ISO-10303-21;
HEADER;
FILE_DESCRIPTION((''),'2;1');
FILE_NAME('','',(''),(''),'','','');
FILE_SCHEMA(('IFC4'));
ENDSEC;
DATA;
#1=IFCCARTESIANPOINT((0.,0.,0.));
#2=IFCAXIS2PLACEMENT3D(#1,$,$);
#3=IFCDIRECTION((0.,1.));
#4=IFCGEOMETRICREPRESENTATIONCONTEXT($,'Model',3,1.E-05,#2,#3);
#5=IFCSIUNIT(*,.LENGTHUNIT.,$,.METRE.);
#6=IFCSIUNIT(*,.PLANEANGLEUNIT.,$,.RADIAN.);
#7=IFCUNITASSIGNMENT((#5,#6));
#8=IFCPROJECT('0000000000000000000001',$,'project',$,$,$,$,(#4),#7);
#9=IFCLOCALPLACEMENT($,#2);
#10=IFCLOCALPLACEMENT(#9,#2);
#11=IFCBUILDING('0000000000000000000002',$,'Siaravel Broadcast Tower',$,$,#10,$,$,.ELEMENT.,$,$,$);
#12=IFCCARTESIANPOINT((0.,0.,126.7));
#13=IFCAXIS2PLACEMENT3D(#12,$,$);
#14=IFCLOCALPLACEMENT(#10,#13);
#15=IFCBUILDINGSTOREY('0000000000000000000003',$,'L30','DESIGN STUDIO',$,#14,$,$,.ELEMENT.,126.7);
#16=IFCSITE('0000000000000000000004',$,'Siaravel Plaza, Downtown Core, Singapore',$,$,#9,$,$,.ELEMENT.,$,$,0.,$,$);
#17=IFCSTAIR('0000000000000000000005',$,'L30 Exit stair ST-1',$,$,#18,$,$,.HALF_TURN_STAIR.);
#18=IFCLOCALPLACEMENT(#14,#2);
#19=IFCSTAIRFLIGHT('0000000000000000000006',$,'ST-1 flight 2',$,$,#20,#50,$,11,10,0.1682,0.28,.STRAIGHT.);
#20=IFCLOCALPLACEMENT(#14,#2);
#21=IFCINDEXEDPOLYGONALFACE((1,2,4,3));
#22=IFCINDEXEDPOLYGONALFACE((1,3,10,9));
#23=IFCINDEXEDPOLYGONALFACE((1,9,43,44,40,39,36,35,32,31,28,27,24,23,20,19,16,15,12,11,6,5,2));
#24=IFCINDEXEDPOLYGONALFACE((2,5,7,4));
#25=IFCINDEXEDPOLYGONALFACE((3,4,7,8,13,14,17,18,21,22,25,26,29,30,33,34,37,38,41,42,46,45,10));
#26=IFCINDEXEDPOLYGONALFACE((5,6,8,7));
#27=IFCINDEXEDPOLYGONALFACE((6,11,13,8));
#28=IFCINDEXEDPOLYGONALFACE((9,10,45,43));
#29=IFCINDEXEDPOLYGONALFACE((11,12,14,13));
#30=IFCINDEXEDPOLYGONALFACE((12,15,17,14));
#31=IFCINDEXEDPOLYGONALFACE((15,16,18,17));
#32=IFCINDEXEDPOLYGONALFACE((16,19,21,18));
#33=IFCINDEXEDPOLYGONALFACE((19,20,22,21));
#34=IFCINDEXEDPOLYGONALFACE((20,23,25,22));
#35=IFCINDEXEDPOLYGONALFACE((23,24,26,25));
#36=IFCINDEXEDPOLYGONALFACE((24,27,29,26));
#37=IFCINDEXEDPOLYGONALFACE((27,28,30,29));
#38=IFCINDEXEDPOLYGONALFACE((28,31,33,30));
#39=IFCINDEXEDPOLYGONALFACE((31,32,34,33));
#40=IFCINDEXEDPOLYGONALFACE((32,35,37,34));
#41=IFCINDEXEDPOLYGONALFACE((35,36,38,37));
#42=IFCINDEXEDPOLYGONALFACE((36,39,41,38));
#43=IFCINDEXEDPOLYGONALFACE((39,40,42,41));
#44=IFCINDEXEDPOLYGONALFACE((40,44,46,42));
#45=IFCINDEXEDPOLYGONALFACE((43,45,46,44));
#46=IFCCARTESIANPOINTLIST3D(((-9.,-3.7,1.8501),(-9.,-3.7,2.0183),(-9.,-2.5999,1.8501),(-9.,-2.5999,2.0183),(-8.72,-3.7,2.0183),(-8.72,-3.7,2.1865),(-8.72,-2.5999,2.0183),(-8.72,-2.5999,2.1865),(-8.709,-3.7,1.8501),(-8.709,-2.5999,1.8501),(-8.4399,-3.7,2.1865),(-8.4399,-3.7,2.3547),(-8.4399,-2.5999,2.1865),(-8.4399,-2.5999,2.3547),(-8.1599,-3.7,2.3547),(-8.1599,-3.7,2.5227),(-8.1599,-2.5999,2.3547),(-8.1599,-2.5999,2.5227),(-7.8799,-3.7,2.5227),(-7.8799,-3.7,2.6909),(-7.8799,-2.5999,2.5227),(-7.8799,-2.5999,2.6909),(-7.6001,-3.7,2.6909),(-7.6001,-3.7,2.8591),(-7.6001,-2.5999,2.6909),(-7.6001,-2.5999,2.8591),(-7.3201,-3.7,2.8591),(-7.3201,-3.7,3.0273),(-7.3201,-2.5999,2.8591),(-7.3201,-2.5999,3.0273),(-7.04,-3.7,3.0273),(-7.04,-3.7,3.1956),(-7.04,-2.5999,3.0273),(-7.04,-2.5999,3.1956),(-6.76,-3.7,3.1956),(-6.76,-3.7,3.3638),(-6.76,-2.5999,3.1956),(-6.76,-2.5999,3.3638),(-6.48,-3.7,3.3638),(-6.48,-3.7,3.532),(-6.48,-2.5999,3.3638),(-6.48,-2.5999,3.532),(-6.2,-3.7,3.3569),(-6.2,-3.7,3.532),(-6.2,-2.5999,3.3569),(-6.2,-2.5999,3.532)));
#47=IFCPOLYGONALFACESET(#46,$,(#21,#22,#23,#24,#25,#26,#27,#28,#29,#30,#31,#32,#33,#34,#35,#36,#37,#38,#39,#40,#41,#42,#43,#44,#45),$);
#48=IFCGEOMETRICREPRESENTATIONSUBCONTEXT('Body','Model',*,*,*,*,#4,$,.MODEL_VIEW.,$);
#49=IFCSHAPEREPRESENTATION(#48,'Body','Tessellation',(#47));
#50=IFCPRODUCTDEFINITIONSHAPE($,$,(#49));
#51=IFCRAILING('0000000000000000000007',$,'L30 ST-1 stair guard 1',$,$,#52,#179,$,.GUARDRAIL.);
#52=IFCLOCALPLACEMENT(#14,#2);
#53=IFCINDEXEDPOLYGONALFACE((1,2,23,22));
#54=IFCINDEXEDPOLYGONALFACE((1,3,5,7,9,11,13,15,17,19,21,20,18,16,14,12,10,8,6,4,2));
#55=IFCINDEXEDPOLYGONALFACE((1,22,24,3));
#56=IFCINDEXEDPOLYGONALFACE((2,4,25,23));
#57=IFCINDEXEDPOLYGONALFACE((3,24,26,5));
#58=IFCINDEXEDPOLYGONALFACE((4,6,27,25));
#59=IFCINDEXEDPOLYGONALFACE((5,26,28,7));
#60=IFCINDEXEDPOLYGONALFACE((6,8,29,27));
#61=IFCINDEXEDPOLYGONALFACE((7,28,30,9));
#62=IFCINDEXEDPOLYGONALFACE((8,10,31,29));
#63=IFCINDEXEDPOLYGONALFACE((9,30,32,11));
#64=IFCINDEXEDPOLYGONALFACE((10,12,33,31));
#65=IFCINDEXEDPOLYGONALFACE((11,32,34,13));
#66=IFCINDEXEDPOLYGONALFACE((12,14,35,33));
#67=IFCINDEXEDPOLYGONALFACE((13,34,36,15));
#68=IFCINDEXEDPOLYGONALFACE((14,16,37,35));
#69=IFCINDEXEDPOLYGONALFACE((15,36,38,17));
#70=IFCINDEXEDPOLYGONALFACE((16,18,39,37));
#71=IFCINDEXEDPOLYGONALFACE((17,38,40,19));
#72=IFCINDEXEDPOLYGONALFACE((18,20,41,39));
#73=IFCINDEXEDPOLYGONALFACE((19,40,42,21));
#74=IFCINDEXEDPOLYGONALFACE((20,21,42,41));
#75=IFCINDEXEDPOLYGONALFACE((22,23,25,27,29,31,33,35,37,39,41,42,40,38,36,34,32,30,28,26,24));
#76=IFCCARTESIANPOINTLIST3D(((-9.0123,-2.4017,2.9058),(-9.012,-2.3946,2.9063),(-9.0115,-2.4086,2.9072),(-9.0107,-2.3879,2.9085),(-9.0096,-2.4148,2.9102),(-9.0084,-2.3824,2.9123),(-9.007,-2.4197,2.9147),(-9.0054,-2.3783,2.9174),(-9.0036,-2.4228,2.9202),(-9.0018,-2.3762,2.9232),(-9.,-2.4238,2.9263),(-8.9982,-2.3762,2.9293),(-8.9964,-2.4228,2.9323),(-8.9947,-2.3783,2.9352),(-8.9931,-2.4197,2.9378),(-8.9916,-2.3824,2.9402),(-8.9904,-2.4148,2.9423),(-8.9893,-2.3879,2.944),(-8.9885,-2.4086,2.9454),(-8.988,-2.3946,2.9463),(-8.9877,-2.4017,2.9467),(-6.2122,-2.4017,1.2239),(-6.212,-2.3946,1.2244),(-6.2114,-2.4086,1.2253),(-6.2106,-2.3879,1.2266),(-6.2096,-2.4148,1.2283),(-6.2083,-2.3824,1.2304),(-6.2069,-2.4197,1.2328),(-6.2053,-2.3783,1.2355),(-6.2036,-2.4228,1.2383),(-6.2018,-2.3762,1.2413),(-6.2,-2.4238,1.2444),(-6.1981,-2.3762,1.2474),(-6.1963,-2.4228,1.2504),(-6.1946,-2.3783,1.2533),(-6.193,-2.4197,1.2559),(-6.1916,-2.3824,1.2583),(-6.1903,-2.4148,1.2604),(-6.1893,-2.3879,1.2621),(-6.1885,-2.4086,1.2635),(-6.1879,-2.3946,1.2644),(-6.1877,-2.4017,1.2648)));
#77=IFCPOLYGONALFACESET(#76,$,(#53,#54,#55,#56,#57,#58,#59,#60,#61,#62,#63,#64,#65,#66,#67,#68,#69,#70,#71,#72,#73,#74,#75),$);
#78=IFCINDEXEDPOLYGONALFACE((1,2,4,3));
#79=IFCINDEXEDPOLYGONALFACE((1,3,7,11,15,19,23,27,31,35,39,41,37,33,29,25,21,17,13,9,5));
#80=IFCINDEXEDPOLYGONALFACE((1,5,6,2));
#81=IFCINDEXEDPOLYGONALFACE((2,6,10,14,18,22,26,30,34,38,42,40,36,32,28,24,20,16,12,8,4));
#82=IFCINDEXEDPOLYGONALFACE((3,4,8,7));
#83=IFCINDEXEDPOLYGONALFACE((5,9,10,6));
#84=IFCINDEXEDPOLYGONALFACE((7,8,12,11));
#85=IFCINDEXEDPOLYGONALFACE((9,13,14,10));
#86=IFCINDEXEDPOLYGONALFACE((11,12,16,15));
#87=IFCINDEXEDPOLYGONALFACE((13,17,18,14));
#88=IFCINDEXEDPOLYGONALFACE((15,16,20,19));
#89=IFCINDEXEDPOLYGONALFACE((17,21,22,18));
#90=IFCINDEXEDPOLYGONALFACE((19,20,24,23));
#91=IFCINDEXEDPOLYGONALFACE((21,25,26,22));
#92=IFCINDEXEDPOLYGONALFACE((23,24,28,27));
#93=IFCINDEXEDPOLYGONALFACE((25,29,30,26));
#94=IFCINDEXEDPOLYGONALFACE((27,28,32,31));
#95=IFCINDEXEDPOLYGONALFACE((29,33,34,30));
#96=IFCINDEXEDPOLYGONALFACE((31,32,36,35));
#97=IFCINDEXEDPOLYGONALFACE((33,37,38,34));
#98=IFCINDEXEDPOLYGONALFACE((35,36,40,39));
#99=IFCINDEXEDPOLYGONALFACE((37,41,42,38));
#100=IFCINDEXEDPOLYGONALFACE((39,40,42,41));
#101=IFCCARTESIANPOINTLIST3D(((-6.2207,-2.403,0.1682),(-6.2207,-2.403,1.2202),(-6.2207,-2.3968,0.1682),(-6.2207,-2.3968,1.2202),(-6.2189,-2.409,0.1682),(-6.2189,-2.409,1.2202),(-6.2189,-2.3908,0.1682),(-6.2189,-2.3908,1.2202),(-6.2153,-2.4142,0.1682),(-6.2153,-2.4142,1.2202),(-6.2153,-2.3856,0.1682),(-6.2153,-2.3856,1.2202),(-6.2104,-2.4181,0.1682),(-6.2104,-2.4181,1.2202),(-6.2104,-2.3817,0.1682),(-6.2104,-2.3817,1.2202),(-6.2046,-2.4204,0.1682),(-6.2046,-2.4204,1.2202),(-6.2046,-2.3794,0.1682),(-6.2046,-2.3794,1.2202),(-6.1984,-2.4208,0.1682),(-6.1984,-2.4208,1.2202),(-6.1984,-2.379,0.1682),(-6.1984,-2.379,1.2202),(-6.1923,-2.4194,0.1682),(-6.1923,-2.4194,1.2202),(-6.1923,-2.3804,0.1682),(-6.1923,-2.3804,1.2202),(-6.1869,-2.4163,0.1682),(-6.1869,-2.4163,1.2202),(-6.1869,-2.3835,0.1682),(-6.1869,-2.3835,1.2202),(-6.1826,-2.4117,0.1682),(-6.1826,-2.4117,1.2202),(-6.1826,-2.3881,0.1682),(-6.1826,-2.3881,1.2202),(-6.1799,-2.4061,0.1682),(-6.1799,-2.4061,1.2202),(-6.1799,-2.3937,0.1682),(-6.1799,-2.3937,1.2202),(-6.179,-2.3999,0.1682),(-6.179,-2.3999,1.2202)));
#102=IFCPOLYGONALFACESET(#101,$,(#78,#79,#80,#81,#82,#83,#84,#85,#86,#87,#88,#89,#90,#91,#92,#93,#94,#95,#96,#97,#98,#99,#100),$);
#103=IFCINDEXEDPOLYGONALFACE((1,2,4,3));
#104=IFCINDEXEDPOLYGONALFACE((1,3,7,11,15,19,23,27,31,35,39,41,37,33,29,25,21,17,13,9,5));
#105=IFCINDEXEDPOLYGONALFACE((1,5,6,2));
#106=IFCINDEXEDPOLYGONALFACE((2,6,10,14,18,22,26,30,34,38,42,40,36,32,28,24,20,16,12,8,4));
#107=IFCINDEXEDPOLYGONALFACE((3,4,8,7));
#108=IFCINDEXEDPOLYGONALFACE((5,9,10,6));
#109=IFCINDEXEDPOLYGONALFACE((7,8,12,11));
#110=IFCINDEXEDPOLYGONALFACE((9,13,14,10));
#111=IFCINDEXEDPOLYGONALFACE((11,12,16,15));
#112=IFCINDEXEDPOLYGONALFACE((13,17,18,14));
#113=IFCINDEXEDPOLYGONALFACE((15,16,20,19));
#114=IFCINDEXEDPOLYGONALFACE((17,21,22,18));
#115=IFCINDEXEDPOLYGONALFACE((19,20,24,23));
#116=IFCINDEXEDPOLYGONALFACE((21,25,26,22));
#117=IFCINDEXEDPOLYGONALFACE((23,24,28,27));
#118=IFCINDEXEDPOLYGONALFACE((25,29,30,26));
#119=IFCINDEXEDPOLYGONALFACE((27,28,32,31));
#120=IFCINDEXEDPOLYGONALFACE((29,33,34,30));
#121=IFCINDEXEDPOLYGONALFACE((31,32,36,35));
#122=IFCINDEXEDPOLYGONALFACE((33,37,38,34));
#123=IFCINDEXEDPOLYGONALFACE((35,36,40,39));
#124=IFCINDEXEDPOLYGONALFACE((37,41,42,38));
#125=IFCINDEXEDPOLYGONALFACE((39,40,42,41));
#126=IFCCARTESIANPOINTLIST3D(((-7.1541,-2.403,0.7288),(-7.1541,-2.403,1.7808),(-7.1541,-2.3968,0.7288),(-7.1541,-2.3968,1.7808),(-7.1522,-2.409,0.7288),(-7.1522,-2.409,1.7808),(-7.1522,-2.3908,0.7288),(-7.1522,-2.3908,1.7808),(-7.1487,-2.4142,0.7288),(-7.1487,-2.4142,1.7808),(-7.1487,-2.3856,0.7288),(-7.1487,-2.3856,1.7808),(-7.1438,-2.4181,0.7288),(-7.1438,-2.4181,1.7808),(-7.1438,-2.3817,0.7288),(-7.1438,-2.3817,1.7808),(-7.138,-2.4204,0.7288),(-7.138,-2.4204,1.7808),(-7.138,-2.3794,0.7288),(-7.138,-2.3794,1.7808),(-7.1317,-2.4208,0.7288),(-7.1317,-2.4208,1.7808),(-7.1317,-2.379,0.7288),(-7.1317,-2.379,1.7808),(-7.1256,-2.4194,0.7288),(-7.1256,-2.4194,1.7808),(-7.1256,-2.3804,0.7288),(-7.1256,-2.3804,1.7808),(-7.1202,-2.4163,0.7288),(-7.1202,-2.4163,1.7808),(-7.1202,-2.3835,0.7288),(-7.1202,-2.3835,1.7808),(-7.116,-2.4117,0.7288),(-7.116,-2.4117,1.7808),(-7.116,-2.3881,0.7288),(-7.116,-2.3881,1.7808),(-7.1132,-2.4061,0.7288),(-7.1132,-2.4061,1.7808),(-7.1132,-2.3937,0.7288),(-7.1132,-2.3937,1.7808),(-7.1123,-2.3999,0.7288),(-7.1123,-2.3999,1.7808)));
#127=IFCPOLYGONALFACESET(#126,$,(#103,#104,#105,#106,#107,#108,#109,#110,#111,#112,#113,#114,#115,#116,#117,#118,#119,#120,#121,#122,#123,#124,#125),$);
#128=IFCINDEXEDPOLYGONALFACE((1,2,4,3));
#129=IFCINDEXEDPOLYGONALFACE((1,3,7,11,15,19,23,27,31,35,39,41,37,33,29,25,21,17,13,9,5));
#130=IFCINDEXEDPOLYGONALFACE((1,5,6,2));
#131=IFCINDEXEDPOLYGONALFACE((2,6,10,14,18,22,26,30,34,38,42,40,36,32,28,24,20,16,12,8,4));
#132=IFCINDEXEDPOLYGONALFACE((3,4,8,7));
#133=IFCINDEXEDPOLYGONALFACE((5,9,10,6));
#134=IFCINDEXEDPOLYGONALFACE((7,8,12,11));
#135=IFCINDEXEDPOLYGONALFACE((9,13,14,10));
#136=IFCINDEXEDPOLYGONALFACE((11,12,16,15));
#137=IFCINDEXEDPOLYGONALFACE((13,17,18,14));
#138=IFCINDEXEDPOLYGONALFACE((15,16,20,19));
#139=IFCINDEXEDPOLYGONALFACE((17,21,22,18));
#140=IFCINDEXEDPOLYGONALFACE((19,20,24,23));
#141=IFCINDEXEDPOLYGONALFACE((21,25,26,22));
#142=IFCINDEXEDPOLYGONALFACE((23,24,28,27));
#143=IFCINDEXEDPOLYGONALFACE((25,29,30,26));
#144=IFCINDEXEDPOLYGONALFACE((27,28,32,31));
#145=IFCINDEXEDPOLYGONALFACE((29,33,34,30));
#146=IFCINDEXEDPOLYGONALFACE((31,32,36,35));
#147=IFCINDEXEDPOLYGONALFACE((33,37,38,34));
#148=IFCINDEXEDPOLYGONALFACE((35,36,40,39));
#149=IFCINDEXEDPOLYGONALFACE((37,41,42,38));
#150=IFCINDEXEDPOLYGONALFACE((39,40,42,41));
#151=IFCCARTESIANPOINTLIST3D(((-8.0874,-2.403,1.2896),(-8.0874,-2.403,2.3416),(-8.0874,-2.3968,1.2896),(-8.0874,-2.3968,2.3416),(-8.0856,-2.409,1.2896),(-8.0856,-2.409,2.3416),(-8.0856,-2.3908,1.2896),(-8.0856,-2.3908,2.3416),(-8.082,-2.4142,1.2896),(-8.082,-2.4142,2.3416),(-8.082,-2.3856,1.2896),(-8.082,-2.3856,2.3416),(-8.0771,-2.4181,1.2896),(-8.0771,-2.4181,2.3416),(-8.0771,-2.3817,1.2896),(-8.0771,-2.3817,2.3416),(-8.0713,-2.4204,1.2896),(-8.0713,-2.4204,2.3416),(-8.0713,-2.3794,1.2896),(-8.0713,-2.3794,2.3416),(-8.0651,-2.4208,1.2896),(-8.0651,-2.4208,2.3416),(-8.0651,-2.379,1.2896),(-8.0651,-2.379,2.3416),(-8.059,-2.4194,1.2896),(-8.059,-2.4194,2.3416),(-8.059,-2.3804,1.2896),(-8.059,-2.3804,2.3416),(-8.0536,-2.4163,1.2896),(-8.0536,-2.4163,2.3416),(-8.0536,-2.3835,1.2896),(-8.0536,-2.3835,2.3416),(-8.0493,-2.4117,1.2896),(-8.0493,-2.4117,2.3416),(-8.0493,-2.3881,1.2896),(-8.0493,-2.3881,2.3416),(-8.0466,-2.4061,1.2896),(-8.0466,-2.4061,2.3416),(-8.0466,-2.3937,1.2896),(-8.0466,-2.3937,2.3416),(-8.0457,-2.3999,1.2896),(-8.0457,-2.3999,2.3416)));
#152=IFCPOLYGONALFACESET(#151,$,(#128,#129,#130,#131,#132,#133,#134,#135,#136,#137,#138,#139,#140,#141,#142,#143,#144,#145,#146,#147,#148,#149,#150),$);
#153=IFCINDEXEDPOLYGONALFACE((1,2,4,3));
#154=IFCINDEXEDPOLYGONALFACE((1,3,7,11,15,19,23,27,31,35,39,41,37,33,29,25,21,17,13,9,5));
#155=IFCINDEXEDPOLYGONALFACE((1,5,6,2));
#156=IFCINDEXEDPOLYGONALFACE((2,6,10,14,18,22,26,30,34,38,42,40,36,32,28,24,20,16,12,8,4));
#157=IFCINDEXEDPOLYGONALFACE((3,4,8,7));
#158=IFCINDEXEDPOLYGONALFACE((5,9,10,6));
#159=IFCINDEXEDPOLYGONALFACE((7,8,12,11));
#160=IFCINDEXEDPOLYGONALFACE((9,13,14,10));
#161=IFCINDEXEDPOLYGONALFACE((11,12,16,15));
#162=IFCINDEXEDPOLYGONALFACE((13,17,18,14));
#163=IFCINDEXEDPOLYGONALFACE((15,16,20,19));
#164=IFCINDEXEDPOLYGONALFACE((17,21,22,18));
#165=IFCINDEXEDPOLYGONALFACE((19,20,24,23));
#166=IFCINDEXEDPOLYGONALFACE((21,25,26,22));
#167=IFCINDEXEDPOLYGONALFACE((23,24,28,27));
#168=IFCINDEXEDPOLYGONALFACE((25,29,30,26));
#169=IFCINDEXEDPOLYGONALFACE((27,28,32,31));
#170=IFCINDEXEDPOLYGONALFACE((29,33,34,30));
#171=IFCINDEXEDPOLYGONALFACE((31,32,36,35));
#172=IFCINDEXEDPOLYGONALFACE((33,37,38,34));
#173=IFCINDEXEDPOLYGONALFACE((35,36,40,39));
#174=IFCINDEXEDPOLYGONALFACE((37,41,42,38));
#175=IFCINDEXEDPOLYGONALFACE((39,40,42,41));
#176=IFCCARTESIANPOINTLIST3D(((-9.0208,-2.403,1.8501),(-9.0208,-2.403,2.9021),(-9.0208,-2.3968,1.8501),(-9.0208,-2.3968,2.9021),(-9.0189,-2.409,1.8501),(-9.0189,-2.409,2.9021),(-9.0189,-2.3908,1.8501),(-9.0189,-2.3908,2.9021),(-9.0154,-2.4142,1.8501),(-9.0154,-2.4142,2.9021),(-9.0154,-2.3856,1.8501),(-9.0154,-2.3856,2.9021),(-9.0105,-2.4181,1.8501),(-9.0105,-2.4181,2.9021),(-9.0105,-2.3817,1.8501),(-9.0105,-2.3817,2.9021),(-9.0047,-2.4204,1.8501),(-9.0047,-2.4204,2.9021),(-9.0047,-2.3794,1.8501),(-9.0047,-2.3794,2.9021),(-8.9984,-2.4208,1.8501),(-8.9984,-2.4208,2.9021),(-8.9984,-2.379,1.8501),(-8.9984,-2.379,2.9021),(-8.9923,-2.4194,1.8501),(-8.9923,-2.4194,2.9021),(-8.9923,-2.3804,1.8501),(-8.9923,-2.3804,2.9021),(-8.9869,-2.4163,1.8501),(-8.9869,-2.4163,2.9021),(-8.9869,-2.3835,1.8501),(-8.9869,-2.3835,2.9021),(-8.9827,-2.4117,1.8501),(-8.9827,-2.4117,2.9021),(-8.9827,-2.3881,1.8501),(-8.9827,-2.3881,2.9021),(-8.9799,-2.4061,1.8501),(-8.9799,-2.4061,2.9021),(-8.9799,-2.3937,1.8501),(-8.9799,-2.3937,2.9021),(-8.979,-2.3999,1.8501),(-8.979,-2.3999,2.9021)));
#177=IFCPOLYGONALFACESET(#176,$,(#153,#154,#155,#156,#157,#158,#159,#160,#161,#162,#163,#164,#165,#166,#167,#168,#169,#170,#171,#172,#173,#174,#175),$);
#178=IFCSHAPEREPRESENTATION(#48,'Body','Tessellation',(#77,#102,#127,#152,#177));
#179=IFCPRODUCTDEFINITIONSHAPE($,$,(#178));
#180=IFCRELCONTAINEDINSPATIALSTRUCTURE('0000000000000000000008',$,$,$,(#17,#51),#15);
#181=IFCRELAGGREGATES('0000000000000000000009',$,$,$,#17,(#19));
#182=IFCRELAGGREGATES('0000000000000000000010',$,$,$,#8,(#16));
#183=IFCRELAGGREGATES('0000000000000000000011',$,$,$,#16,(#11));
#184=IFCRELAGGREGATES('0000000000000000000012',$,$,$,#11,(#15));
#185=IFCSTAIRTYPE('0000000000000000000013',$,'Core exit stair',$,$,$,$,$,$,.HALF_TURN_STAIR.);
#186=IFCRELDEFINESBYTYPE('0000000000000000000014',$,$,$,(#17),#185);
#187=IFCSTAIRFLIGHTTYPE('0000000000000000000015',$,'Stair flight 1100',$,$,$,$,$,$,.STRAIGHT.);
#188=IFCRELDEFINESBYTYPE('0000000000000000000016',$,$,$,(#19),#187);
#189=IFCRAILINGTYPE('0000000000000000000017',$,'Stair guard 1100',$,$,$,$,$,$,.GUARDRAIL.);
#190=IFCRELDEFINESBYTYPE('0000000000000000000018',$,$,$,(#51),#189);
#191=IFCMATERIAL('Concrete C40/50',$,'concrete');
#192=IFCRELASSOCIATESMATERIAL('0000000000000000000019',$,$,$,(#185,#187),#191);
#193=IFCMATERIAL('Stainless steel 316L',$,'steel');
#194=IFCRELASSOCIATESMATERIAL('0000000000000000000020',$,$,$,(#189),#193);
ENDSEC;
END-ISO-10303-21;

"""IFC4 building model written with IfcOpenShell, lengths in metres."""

from ifc_helpers import new_model, si_unit, direction, frame, origin, origin_2d, place, context, subcontext, project, spatial, polyline, circle, outline, extrude, material, type_object, element, aggregate, save


model = new_model("IFC4")

# Units and contexts
model_context = context("Model", 3, precision=1e-05, world=origin(), true_north=direction((0.0, 1.0)))
body_context = subcontext(model_context, "Body", "Model", "MODEL_VIEW")
ifc_project = project(units=[si_unit("LENGTHUNIT", "METRE"), si_unit("PLANEANGLEUNIT", "RADIAN")], contexts=[model_context])

# Site, building, storey
site_placement = place(None, origin())
site = spatial("IfcSite", under=ifc_project, at=site_placement, Name="Siaravel Plaza, Downtown Core, Singapore", CompositionType="ELEMENT", RefElevation=0.0)
building_placement = place(site_placement, origin())
building = spatial("IfcBuilding", under=site, at=building_placement, Name="Siaravel Broadcast Tower", CompositionType="ELEMENT")
storey_placement = place(building_placement, frame((0.0, 0.0, 126.7)))
storey = spatial("IfcBuildingStorey", under=building, at=storey_placement, Name="L30", Description="DESIGN STUDIO", CompositionType="ELEMENT", Elevation=126.7)

# Stair, stair flight
ifc_material_1 = material(Name="Concrete C40/50", Category="concrete")
stair_type = type_object("IfcStairType", Name="Core exit stair", PredefinedType="HALF_TURN_STAIR", material=ifc_material_1)
stair_placement = place(storey_placement, origin())
stair = element("IfcStair", 1, at=stair_placement, inside=storey, type_object=stair_type, Name="L30 Exit stair ST-1", PredefinedType="HALF_TURN_STAIR")
stair_flight_type = type_object("IfcStairFlightType", Name="Stair flight 1100", PredefinedType="STRAIGHT", material=ifc_material_1)
stair_flight_1_placement = place(storey_placement, frame((-9.0, -3.1499, 1.8501), z_axis=(0.0, 0.0, 1.0), x_axis=(1.0, 0.0, 0.0)))
stair_flight_1 = element("IfcStairFlight", 2, at=stair_flight_1_placement, type_object=stair_flight_type, Name="ST-1 flight 2", NumberOfRisers=11, NumberOfTreads=10, PredefinedType="STRAIGHT", RiserHeight=0.1682, TreadLength=0.28, context=body_context, shape_type="SweptSolid", body=[
    extrude(outline(polyline([(0.0, 0.0), (0.0, 0.1682), (0.28, 0.1682), (0.28, 0.3364), (0.5601, 0.3364), (0.5601, 0.5046), (0.8401, 0.5046), (0.8401, 0.6726), (1.1201, 0.6726), (1.1201, 0.8408), (1.3999, 0.8408), (1.3999, 1.009), (1.6799, 1.009), (1.6799, 1.1772), (1.96, 1.1772), (1.96, 1.3455), (2.24, 1.3455), (2.24, 1.5137), (2.52, 1.5137), (2.52, 1.6819), (2.8, 1.6819), (2.8, 1.8501), (2.8, 1.5068), (0.291, 0.0), (0.0, 0.0)])), frame((0.0, 0.55, 0.0), z_axis=(0.0, -1.0, 0.0), x_axis=(1.0, 0.0, 0.0)), (0.0, 0.0, 1.0), 1.1001),
])
aggregate(stair, [stair_flight_1])

# Railing
ifc_material_2 = material(Name="Stainless steel 316L", Category="steel")
railing_type_1 = type_object("IfcRailingType", Name="Stair guard 1100", PredefinedType="GUARDRAIL", material=ifc_material_2)
railing_1_placement = place(storey_placement, frame((-6.2, -2.3999, 0.1682)))
element("IfcRailing", 3, at=railing_1_placement, inside=storey, type_object=railing_type_1, Name="L30 ST-1 stair guard 1", PredefinedType="GUARDRAIL", context=body_context, shape_type="SweptSolid", body=[
    extrude(circle(Radius=0.0239, at=origin_2d()), frame((0.0, 0.0, 1.0762), z_axis=(-0.857242, 0.0, 0.514913), x_axis=(0.0, -1.0, 0.0)), (0.0, 0.0, 1.0), 3.2664),
    extrude(circle(Radius=0.021, at=origin_2d()), origin(), (0.0, 0.0, 1.0), 1.052),
    extrude(circle(Radius=0.021, at=origin_2d()), frame((-0.9333, 0.0, 0.5605)), (0.0, 0.0, 1.0), 1.052),
    extrude(circle(Radius=0.021, at=origin_2d()), frame((-1.8667, 0.0, 1.1213)), (0.0, 0.0, 1.0), 1.052),
    extrude(circle(Radius=0.021, at=origin_2d()), frame((-2.8, 0.0, 1.6819)), (0.0, 0.0, 1.0), 1.052),
])

save(model, "model.ifc")
